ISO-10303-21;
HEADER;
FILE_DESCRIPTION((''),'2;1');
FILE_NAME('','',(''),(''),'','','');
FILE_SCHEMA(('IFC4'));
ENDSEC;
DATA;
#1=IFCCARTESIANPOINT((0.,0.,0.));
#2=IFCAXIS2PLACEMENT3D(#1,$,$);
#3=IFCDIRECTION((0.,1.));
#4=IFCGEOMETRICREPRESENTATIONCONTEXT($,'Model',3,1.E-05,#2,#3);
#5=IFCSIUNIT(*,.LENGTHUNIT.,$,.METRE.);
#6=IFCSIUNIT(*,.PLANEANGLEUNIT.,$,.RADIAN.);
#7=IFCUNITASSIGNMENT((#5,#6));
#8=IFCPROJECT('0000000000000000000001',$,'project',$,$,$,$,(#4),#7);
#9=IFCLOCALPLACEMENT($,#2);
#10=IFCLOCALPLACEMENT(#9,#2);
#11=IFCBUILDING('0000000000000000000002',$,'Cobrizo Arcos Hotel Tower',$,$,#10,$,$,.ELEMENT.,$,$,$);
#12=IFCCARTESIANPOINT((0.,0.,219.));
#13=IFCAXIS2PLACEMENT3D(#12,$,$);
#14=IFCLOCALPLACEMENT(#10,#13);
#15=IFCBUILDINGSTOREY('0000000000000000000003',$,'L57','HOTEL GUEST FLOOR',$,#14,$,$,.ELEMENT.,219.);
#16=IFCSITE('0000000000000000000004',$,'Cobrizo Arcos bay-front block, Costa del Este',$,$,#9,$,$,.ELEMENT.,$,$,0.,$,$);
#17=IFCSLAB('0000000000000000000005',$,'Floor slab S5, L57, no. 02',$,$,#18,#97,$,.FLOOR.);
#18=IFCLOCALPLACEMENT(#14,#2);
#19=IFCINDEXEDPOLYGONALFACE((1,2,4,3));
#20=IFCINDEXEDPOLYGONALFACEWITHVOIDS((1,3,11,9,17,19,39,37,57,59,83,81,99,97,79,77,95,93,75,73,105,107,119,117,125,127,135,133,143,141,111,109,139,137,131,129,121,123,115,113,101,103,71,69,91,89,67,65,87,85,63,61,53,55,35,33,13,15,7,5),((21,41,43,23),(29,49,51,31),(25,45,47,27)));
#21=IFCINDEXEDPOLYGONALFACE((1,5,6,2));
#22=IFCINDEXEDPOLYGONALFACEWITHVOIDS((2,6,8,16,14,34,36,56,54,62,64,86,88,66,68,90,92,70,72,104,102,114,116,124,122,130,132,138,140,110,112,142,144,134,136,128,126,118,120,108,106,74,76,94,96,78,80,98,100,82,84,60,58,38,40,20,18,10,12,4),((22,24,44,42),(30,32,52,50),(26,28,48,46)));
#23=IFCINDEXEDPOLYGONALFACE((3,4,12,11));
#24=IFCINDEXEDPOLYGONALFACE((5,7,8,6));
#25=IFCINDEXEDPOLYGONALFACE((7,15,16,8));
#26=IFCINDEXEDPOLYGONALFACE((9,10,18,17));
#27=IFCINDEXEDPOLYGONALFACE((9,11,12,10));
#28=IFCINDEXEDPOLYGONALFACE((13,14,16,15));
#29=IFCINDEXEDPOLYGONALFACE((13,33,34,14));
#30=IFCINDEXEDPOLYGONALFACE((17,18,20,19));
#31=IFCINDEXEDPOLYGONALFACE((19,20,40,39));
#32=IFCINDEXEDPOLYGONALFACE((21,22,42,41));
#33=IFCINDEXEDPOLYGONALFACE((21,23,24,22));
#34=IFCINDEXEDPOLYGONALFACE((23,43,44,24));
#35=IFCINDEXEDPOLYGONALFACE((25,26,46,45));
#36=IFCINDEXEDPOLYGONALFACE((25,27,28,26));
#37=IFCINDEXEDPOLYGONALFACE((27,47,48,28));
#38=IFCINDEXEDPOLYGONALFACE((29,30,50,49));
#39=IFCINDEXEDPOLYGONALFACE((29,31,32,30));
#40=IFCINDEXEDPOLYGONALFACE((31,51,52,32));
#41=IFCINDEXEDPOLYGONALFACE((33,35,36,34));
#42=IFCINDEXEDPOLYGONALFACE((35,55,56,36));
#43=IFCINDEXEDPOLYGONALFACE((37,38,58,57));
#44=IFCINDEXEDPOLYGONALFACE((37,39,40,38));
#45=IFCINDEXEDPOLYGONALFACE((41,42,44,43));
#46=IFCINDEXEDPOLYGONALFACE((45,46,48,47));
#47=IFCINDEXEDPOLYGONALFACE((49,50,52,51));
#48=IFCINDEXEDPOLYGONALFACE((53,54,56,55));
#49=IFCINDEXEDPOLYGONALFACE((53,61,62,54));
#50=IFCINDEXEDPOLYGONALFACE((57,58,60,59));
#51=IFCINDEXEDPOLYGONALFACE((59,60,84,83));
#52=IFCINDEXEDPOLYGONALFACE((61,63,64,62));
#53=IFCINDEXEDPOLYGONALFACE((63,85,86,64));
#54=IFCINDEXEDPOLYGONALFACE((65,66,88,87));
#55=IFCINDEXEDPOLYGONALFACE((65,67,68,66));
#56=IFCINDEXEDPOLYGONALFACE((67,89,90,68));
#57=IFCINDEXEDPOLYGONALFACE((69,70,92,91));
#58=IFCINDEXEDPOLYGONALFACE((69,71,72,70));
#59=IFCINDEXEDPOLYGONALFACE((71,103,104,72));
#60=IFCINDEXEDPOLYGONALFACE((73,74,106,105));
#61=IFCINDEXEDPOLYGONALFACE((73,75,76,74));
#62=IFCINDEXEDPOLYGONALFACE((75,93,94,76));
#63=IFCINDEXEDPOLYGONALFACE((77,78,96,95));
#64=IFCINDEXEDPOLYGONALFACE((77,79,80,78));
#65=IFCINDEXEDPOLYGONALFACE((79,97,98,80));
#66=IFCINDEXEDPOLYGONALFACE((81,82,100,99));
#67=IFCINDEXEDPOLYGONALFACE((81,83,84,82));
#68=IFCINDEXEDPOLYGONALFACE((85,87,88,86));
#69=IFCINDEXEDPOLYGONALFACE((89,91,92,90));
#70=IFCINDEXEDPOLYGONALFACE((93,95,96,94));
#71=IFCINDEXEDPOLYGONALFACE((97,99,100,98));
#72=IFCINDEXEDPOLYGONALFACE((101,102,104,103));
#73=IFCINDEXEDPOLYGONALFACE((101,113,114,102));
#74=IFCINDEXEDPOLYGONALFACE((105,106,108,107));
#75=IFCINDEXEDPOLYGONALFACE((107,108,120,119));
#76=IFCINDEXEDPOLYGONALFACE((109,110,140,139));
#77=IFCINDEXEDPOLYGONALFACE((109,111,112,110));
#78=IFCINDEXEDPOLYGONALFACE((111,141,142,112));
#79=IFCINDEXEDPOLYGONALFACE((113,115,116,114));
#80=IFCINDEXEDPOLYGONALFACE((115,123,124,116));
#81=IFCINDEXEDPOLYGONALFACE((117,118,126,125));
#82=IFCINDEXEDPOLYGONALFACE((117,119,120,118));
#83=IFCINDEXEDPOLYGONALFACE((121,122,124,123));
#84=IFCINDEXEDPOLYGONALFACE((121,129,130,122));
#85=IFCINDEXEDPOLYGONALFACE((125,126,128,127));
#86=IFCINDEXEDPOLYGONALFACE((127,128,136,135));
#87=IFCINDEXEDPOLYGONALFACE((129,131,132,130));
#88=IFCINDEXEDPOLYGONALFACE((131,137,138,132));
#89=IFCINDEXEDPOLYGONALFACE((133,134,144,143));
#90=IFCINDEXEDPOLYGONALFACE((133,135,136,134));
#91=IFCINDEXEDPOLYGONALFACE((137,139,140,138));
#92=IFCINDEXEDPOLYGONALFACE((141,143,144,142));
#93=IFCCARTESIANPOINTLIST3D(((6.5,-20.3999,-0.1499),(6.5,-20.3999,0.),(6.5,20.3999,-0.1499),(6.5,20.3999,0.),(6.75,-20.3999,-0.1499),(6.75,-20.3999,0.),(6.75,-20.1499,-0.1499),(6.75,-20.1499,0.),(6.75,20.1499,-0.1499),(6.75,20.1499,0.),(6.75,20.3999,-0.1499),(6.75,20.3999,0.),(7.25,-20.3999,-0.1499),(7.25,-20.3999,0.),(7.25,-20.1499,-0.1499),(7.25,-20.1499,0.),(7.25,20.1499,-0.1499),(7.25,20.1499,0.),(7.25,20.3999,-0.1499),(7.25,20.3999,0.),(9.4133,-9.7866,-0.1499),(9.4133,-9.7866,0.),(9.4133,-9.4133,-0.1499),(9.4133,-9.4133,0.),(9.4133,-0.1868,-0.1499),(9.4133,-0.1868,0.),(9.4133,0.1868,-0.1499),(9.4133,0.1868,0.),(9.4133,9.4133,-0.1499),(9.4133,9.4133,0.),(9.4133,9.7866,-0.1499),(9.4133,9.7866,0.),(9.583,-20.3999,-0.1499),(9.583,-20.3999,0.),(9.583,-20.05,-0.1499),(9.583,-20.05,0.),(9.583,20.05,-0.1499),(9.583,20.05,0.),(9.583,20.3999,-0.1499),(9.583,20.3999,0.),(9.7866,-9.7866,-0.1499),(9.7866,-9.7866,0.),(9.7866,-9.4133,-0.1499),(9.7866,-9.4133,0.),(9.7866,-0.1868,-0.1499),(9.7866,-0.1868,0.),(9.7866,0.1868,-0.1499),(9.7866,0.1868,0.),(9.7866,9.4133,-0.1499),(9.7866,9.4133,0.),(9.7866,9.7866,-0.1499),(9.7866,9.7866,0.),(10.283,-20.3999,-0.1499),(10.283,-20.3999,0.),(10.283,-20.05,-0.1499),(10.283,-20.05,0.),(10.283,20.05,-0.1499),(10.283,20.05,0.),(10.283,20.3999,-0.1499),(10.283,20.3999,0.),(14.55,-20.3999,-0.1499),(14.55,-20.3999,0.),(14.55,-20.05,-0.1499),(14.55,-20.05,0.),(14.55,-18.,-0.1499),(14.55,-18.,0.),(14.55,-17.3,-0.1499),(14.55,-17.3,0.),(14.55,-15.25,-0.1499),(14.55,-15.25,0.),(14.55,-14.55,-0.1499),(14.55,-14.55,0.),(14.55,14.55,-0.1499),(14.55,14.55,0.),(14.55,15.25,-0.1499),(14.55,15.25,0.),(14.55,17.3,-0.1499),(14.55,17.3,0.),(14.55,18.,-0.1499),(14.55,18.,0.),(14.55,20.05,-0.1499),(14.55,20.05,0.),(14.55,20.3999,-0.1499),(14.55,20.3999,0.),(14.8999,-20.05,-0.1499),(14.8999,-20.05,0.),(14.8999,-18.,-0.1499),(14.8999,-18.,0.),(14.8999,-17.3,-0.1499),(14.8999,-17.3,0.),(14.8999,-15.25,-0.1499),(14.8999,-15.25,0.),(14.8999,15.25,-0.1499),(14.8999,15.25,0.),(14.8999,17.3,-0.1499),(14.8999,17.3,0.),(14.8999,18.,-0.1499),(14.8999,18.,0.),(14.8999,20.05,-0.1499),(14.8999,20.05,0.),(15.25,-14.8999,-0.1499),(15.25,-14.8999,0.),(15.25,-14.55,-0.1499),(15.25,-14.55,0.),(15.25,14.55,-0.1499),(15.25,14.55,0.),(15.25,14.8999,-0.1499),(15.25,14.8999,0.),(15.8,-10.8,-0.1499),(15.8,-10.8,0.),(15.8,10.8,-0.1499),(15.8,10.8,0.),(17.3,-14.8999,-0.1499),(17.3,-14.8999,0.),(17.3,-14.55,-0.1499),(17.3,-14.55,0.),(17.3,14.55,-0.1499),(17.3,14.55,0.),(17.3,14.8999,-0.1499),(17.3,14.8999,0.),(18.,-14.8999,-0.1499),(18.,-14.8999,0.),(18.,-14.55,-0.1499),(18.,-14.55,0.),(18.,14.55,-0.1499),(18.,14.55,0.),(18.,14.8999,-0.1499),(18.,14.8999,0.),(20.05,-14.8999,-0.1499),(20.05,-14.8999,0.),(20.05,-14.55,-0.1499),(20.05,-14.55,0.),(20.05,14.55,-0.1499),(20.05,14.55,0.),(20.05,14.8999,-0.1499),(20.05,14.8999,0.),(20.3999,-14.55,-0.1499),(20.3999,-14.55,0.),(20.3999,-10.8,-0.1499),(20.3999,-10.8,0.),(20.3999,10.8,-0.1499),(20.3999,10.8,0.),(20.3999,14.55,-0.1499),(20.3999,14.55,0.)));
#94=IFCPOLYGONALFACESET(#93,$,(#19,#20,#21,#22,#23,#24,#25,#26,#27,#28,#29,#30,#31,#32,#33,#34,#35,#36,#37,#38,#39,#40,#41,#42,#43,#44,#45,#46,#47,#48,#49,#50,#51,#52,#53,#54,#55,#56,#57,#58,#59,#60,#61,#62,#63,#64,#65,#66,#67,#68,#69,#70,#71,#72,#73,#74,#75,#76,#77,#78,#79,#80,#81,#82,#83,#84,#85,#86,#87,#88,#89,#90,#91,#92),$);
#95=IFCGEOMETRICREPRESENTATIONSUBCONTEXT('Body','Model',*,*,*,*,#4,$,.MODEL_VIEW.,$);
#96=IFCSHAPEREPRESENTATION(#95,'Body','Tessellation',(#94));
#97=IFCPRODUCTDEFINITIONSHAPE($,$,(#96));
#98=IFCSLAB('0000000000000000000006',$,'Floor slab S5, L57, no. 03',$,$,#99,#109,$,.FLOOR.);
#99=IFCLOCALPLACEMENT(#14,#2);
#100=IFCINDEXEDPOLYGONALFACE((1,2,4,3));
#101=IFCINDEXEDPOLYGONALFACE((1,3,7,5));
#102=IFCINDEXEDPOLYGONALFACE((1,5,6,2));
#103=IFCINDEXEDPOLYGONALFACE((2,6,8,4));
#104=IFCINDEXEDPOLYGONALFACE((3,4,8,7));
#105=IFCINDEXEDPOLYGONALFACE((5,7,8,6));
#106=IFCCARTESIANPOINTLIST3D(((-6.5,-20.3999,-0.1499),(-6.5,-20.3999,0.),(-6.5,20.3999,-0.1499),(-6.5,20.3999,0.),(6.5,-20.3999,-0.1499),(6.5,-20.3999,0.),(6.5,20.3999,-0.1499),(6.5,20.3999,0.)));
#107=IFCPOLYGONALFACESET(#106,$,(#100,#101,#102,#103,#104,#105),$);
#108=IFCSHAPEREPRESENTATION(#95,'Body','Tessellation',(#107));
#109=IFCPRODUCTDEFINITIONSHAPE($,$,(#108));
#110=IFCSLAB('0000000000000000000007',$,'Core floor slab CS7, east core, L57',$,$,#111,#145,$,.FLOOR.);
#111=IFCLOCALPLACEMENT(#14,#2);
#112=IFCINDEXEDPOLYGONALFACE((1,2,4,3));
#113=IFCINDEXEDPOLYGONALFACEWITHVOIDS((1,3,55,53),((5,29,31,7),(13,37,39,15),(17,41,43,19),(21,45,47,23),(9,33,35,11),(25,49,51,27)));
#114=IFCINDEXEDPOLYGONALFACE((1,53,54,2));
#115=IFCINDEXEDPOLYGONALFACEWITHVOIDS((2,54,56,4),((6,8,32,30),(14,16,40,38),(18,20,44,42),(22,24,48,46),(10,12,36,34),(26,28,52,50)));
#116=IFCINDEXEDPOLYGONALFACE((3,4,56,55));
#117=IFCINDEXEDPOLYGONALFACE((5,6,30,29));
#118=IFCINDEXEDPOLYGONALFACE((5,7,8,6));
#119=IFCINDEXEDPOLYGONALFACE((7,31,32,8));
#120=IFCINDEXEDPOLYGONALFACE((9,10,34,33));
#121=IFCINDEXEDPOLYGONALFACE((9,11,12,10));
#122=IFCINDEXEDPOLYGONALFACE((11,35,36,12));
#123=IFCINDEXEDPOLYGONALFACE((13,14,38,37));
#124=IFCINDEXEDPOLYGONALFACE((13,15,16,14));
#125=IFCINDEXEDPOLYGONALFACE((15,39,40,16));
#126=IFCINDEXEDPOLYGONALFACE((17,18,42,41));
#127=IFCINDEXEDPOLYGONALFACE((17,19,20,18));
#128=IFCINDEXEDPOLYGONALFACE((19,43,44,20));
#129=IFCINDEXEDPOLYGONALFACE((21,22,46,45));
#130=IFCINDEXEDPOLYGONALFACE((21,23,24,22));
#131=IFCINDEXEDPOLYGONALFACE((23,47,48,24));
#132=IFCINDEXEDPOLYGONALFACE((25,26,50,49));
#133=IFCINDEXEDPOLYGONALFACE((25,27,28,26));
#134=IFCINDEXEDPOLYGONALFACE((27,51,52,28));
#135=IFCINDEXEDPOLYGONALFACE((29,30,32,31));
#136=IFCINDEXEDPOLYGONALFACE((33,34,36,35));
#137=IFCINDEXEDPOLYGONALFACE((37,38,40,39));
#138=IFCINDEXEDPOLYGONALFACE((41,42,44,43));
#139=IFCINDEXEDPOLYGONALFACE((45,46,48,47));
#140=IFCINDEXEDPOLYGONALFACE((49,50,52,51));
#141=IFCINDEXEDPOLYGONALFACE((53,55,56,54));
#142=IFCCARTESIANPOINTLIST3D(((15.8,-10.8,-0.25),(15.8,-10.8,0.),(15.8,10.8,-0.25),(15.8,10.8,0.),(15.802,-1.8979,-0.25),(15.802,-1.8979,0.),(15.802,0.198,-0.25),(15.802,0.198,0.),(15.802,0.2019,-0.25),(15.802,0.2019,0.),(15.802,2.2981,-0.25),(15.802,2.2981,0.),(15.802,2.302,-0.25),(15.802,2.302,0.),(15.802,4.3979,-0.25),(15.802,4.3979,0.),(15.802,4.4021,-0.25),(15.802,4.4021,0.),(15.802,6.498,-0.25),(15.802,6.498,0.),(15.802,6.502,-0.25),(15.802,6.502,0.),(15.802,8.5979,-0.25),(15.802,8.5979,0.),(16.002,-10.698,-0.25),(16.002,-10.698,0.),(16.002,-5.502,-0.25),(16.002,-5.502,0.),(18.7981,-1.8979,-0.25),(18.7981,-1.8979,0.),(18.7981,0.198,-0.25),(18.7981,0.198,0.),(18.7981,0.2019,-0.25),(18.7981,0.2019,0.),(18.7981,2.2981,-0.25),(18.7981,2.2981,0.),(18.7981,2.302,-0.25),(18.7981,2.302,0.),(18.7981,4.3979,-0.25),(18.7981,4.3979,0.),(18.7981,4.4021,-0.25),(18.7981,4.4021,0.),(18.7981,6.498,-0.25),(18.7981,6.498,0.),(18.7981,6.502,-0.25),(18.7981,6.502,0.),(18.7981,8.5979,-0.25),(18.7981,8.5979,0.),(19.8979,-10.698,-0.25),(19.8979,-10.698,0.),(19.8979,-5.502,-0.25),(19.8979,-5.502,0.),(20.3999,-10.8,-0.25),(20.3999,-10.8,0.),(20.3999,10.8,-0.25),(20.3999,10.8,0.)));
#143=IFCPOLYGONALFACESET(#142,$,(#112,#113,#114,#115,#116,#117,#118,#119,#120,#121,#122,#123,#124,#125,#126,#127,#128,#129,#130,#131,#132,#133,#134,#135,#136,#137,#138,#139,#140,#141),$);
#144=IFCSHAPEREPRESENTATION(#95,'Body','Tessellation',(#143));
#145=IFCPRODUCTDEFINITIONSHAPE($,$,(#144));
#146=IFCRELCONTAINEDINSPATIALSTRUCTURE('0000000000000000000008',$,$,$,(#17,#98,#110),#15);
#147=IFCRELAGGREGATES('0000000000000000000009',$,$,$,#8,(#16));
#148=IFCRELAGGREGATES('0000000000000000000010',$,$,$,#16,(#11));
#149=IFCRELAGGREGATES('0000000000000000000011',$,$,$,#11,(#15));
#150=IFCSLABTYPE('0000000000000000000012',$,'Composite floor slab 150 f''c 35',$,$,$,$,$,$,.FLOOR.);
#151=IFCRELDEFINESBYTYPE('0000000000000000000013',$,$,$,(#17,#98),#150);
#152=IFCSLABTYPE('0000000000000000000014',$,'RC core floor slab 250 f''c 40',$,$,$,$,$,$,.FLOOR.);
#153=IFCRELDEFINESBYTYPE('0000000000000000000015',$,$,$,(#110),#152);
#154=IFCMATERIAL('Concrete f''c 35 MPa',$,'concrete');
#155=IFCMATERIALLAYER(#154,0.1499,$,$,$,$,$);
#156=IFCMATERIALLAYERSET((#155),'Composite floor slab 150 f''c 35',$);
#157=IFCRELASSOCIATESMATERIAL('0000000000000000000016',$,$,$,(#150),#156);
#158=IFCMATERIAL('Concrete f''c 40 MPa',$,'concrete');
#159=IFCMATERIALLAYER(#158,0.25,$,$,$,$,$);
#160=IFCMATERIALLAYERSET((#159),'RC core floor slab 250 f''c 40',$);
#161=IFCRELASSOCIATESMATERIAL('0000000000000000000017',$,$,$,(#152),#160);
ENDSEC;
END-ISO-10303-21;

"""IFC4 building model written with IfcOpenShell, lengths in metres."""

from ifc_helpers import new_model, si_unit, direction, frame, origin, place, context, subcontext, project, spatial, polyline, outline, extrude, material, layer, layer_set, type_object, element, save


model = new_model("IFC4")

# Units and contexts
model_context = context("Model", 3, precision=1e-05, world=origin(), true_north=direction((0.0, 1.0)))
body_context = subcontext(model_context, "Body", "Model", "MODEL_VIEW")
ifc_project = project(units=[si_unit("LENGTHUNIT", "METRE"), si_unit("PLANEANGLEUNIT", "RADIAN")], contexts=[model_context])

# Site, building, storey
site_placement = place(None, origin())
site = spatial("IfcSite", under=ifc_project, at=site_placement, Name="Cobrizo Arcos bay-front block, Costa del Este", CompositionType="ELEMENT", RefElevation=0.0)
building_placement = place(site_placement, origin())
building = spatial("IfcBuilding", under=site, at=building_placement, Name="Cobrizo Arcos Hotel Tower", CompositionType="ELEMENT")
storey_placement = place(building_placement, frame((0.0, 0.0, 219.0)))
storey = spatial("IfcBuildingStorey", under=building, at=storey_placement, Name="L57", Description="HOTEL GUEST FLOOR", CompositionType="ELEMENT", Elevation=219.0)

# Slabs
ifc_material_1 = material(Name="Concrete f'c 35 MPa", Category="concrete")
ifc_layer_1 = layer(ifc_material_1, 0.1499)
ifc_layer_set_1 = layer_set([ifc_layer_1], Name="Composite floor slab 150 f'c 35")
slab_type_1 = type_object("IfcSlabType", Name="Composite floor slab 150 f'c 35", PredefinedType="FLOOR", material=ifc_layer_set_1)
slab_1_placement = place(storey_placement, frame((0.0, 0.0, -0.1499)))
element("IfcSlab", 1, at=slab_1_placement, inside=storey, type_object=slab_type_1, Name="Floor slab S5, L57, no. 02", PredefinedType="FLOOR", context=body_context, shape_type="SweptSolid", body=[
    extrude(outline(polyline([(6.75, 20.3999), (6.75, 20.1499), (7.25, 20.1499), (7.25, 20.3999), (9.583, 20.3999), (9.583, 20.05), (10.283, 20.05), (10.283, 20.3999), (14.55, 20.3999), (14.55, 20.05), (14.8999, 20.05), (14.8999, 18.0), (14.55, 18.0), (14.55, 17.3), (14.8999, 17.3), (14.8999, 15.25), (14.55, 15.25), (14.55, 14.55), (15.25, 14.55), (15.25, 14.8999), (17.3, 14.8999), (17.3, 14.55), (18.0, 14.55), (18.0, 14.8999), (20.05, 14.8999), (20.05, 14.55), (20.3999, 14.55), (20.3999, 10.8), (15.8, 10.8), (15.8, -10.8), (20.3999, -10.8), (20.3999, -14.55), (20.05, -14.55), (20.05, -14.8999), (18.0, -14.8999), (18.0, -14.55), (17.3, -14.55), (17.3, -14.8999), (15.25, -14.8999), (15.25, -14.55), (14.55, -14.55), (14.55, -15.25), (14.8999, -15.25), (14.8999, -17.3), (14.55, -17.3), (14.55, -18.0), (14.8999, -18.0), (14.8999, -20.05), (14.55, -20.05), (14.55, -20.3999), (10.283, -20.3999), (10.283, -20.05), (9.583, -20.05), (9.583, -20.3999), (7.25, -20.3999), (7.25, -20.1499), (6.75, -20.1499), (6.75, -20.3999), (6.5, -20.3999), (6.5, 20.3999), (6.75, 20.3999)]), holes=[polyline([(9.7866, -9.7866), (9.7866, -9.4133), (9.4133, -9.4133), (9.4133, -9.7866), (9.7866, -9.7866)]), polyline([(9.7866, -0.1868), (9.7866, 0.1868), (9.4133, 0.1868), (9.4133, -0.1868), (9.7866, -0.1868)]), polyline([(9.7866, 9.7866), (9.4133, 9.7866), (9.4133, 9.4133), (9.7866, 9.4133), (9.7866, 9.7866)])]), origin(), (0.0, 0.0, 1.0), 0.1499),
])
slab_2_placement = place(storey_placement, frame((0.0, 0.0, -0.1499)))
element("IfcSlab", 2, at=slab_2_placement, inside=storey, type_object=slab_type_1, Name="Floor slab S5, L57, no. 03", PredefinedType="FLOOR", context=body_context, shape_type="SweptSolid", body=[
    extrude(outline(polyline([(6.5, 20.3999), (6.5, -20.3999), (-6.5, -20.3999), (-6.5, 20.3999), (6.5, 20.3999)])), origin(), (0.0, 0.0, 1.0), 0.1499),
])
ifc_material_2 = material(Name="Concrete f'c 40 MPa", Category="concrete")
ifc_layer_2 = layer(ifc_material_2, 0.25)
ifc_layer_set_2 = layer_set([ifc_layer_2], Name="RC core floor slab 250 f'c 40")
slab_type_2 = type_object("IfcSlabType", Name="RC core floor slab 250 f'c 40", PredefinedType="FLOOR", material=ifc_layer_set_2)
slab_3_placement = place(storey_placement, frame((0.0, 0.0, -0.25)))
element("IfcSlab", 3, at=slab_3_placement, inside=storey, type_object=slab_type_2, Name="Core floor slab CS7, east core, L57", PredefinedType="FLOOR", context=body_context, shape_type="SweptSolid", body=[
    extrude(outline(polyline([(15.8, 10.8), (20.3999, 10.8), (20.3999, -10.8), (15.8, -10.8), (15.8, 10.8)]), holes=[polyline([(19.8979, -10.698), (19.8979, -5.502), (16.002, -5.502), (16.002, -10.698), (19.8979, -10.698)]), polyline([(15.802, 0.198), (15.802, -1.8979), (18.7981, -1.8979), (18.7981, 0.198), (15.802, 0.198)]), polyline([(15.802, 2.2981), (15.802, 0.2019), (18.7981, 0.2019), (18.7981, 2.2981), (15.802, 2.2981)]), polyline([(15.802, 4.3979), (15.802, 2.302), (18.7981, 2.302), (18.7981, 4.3979), (15.802, 4.3979)]), polyline([(18.7981, 6.498), (15.802, 6.498), (15.802, 4.4021), (18.7981, 4.4021), (18.7981, 6.498)]), polyline([(18.7981, 8.5979), (15.802, 8.5979), (15.802, 6.502), (18.7981, 6.502), (18.7981, 8.5979)])]), origin(), (0.0, 0.0, 1.0), 0.25),
])

save(model, "model.ifc")
